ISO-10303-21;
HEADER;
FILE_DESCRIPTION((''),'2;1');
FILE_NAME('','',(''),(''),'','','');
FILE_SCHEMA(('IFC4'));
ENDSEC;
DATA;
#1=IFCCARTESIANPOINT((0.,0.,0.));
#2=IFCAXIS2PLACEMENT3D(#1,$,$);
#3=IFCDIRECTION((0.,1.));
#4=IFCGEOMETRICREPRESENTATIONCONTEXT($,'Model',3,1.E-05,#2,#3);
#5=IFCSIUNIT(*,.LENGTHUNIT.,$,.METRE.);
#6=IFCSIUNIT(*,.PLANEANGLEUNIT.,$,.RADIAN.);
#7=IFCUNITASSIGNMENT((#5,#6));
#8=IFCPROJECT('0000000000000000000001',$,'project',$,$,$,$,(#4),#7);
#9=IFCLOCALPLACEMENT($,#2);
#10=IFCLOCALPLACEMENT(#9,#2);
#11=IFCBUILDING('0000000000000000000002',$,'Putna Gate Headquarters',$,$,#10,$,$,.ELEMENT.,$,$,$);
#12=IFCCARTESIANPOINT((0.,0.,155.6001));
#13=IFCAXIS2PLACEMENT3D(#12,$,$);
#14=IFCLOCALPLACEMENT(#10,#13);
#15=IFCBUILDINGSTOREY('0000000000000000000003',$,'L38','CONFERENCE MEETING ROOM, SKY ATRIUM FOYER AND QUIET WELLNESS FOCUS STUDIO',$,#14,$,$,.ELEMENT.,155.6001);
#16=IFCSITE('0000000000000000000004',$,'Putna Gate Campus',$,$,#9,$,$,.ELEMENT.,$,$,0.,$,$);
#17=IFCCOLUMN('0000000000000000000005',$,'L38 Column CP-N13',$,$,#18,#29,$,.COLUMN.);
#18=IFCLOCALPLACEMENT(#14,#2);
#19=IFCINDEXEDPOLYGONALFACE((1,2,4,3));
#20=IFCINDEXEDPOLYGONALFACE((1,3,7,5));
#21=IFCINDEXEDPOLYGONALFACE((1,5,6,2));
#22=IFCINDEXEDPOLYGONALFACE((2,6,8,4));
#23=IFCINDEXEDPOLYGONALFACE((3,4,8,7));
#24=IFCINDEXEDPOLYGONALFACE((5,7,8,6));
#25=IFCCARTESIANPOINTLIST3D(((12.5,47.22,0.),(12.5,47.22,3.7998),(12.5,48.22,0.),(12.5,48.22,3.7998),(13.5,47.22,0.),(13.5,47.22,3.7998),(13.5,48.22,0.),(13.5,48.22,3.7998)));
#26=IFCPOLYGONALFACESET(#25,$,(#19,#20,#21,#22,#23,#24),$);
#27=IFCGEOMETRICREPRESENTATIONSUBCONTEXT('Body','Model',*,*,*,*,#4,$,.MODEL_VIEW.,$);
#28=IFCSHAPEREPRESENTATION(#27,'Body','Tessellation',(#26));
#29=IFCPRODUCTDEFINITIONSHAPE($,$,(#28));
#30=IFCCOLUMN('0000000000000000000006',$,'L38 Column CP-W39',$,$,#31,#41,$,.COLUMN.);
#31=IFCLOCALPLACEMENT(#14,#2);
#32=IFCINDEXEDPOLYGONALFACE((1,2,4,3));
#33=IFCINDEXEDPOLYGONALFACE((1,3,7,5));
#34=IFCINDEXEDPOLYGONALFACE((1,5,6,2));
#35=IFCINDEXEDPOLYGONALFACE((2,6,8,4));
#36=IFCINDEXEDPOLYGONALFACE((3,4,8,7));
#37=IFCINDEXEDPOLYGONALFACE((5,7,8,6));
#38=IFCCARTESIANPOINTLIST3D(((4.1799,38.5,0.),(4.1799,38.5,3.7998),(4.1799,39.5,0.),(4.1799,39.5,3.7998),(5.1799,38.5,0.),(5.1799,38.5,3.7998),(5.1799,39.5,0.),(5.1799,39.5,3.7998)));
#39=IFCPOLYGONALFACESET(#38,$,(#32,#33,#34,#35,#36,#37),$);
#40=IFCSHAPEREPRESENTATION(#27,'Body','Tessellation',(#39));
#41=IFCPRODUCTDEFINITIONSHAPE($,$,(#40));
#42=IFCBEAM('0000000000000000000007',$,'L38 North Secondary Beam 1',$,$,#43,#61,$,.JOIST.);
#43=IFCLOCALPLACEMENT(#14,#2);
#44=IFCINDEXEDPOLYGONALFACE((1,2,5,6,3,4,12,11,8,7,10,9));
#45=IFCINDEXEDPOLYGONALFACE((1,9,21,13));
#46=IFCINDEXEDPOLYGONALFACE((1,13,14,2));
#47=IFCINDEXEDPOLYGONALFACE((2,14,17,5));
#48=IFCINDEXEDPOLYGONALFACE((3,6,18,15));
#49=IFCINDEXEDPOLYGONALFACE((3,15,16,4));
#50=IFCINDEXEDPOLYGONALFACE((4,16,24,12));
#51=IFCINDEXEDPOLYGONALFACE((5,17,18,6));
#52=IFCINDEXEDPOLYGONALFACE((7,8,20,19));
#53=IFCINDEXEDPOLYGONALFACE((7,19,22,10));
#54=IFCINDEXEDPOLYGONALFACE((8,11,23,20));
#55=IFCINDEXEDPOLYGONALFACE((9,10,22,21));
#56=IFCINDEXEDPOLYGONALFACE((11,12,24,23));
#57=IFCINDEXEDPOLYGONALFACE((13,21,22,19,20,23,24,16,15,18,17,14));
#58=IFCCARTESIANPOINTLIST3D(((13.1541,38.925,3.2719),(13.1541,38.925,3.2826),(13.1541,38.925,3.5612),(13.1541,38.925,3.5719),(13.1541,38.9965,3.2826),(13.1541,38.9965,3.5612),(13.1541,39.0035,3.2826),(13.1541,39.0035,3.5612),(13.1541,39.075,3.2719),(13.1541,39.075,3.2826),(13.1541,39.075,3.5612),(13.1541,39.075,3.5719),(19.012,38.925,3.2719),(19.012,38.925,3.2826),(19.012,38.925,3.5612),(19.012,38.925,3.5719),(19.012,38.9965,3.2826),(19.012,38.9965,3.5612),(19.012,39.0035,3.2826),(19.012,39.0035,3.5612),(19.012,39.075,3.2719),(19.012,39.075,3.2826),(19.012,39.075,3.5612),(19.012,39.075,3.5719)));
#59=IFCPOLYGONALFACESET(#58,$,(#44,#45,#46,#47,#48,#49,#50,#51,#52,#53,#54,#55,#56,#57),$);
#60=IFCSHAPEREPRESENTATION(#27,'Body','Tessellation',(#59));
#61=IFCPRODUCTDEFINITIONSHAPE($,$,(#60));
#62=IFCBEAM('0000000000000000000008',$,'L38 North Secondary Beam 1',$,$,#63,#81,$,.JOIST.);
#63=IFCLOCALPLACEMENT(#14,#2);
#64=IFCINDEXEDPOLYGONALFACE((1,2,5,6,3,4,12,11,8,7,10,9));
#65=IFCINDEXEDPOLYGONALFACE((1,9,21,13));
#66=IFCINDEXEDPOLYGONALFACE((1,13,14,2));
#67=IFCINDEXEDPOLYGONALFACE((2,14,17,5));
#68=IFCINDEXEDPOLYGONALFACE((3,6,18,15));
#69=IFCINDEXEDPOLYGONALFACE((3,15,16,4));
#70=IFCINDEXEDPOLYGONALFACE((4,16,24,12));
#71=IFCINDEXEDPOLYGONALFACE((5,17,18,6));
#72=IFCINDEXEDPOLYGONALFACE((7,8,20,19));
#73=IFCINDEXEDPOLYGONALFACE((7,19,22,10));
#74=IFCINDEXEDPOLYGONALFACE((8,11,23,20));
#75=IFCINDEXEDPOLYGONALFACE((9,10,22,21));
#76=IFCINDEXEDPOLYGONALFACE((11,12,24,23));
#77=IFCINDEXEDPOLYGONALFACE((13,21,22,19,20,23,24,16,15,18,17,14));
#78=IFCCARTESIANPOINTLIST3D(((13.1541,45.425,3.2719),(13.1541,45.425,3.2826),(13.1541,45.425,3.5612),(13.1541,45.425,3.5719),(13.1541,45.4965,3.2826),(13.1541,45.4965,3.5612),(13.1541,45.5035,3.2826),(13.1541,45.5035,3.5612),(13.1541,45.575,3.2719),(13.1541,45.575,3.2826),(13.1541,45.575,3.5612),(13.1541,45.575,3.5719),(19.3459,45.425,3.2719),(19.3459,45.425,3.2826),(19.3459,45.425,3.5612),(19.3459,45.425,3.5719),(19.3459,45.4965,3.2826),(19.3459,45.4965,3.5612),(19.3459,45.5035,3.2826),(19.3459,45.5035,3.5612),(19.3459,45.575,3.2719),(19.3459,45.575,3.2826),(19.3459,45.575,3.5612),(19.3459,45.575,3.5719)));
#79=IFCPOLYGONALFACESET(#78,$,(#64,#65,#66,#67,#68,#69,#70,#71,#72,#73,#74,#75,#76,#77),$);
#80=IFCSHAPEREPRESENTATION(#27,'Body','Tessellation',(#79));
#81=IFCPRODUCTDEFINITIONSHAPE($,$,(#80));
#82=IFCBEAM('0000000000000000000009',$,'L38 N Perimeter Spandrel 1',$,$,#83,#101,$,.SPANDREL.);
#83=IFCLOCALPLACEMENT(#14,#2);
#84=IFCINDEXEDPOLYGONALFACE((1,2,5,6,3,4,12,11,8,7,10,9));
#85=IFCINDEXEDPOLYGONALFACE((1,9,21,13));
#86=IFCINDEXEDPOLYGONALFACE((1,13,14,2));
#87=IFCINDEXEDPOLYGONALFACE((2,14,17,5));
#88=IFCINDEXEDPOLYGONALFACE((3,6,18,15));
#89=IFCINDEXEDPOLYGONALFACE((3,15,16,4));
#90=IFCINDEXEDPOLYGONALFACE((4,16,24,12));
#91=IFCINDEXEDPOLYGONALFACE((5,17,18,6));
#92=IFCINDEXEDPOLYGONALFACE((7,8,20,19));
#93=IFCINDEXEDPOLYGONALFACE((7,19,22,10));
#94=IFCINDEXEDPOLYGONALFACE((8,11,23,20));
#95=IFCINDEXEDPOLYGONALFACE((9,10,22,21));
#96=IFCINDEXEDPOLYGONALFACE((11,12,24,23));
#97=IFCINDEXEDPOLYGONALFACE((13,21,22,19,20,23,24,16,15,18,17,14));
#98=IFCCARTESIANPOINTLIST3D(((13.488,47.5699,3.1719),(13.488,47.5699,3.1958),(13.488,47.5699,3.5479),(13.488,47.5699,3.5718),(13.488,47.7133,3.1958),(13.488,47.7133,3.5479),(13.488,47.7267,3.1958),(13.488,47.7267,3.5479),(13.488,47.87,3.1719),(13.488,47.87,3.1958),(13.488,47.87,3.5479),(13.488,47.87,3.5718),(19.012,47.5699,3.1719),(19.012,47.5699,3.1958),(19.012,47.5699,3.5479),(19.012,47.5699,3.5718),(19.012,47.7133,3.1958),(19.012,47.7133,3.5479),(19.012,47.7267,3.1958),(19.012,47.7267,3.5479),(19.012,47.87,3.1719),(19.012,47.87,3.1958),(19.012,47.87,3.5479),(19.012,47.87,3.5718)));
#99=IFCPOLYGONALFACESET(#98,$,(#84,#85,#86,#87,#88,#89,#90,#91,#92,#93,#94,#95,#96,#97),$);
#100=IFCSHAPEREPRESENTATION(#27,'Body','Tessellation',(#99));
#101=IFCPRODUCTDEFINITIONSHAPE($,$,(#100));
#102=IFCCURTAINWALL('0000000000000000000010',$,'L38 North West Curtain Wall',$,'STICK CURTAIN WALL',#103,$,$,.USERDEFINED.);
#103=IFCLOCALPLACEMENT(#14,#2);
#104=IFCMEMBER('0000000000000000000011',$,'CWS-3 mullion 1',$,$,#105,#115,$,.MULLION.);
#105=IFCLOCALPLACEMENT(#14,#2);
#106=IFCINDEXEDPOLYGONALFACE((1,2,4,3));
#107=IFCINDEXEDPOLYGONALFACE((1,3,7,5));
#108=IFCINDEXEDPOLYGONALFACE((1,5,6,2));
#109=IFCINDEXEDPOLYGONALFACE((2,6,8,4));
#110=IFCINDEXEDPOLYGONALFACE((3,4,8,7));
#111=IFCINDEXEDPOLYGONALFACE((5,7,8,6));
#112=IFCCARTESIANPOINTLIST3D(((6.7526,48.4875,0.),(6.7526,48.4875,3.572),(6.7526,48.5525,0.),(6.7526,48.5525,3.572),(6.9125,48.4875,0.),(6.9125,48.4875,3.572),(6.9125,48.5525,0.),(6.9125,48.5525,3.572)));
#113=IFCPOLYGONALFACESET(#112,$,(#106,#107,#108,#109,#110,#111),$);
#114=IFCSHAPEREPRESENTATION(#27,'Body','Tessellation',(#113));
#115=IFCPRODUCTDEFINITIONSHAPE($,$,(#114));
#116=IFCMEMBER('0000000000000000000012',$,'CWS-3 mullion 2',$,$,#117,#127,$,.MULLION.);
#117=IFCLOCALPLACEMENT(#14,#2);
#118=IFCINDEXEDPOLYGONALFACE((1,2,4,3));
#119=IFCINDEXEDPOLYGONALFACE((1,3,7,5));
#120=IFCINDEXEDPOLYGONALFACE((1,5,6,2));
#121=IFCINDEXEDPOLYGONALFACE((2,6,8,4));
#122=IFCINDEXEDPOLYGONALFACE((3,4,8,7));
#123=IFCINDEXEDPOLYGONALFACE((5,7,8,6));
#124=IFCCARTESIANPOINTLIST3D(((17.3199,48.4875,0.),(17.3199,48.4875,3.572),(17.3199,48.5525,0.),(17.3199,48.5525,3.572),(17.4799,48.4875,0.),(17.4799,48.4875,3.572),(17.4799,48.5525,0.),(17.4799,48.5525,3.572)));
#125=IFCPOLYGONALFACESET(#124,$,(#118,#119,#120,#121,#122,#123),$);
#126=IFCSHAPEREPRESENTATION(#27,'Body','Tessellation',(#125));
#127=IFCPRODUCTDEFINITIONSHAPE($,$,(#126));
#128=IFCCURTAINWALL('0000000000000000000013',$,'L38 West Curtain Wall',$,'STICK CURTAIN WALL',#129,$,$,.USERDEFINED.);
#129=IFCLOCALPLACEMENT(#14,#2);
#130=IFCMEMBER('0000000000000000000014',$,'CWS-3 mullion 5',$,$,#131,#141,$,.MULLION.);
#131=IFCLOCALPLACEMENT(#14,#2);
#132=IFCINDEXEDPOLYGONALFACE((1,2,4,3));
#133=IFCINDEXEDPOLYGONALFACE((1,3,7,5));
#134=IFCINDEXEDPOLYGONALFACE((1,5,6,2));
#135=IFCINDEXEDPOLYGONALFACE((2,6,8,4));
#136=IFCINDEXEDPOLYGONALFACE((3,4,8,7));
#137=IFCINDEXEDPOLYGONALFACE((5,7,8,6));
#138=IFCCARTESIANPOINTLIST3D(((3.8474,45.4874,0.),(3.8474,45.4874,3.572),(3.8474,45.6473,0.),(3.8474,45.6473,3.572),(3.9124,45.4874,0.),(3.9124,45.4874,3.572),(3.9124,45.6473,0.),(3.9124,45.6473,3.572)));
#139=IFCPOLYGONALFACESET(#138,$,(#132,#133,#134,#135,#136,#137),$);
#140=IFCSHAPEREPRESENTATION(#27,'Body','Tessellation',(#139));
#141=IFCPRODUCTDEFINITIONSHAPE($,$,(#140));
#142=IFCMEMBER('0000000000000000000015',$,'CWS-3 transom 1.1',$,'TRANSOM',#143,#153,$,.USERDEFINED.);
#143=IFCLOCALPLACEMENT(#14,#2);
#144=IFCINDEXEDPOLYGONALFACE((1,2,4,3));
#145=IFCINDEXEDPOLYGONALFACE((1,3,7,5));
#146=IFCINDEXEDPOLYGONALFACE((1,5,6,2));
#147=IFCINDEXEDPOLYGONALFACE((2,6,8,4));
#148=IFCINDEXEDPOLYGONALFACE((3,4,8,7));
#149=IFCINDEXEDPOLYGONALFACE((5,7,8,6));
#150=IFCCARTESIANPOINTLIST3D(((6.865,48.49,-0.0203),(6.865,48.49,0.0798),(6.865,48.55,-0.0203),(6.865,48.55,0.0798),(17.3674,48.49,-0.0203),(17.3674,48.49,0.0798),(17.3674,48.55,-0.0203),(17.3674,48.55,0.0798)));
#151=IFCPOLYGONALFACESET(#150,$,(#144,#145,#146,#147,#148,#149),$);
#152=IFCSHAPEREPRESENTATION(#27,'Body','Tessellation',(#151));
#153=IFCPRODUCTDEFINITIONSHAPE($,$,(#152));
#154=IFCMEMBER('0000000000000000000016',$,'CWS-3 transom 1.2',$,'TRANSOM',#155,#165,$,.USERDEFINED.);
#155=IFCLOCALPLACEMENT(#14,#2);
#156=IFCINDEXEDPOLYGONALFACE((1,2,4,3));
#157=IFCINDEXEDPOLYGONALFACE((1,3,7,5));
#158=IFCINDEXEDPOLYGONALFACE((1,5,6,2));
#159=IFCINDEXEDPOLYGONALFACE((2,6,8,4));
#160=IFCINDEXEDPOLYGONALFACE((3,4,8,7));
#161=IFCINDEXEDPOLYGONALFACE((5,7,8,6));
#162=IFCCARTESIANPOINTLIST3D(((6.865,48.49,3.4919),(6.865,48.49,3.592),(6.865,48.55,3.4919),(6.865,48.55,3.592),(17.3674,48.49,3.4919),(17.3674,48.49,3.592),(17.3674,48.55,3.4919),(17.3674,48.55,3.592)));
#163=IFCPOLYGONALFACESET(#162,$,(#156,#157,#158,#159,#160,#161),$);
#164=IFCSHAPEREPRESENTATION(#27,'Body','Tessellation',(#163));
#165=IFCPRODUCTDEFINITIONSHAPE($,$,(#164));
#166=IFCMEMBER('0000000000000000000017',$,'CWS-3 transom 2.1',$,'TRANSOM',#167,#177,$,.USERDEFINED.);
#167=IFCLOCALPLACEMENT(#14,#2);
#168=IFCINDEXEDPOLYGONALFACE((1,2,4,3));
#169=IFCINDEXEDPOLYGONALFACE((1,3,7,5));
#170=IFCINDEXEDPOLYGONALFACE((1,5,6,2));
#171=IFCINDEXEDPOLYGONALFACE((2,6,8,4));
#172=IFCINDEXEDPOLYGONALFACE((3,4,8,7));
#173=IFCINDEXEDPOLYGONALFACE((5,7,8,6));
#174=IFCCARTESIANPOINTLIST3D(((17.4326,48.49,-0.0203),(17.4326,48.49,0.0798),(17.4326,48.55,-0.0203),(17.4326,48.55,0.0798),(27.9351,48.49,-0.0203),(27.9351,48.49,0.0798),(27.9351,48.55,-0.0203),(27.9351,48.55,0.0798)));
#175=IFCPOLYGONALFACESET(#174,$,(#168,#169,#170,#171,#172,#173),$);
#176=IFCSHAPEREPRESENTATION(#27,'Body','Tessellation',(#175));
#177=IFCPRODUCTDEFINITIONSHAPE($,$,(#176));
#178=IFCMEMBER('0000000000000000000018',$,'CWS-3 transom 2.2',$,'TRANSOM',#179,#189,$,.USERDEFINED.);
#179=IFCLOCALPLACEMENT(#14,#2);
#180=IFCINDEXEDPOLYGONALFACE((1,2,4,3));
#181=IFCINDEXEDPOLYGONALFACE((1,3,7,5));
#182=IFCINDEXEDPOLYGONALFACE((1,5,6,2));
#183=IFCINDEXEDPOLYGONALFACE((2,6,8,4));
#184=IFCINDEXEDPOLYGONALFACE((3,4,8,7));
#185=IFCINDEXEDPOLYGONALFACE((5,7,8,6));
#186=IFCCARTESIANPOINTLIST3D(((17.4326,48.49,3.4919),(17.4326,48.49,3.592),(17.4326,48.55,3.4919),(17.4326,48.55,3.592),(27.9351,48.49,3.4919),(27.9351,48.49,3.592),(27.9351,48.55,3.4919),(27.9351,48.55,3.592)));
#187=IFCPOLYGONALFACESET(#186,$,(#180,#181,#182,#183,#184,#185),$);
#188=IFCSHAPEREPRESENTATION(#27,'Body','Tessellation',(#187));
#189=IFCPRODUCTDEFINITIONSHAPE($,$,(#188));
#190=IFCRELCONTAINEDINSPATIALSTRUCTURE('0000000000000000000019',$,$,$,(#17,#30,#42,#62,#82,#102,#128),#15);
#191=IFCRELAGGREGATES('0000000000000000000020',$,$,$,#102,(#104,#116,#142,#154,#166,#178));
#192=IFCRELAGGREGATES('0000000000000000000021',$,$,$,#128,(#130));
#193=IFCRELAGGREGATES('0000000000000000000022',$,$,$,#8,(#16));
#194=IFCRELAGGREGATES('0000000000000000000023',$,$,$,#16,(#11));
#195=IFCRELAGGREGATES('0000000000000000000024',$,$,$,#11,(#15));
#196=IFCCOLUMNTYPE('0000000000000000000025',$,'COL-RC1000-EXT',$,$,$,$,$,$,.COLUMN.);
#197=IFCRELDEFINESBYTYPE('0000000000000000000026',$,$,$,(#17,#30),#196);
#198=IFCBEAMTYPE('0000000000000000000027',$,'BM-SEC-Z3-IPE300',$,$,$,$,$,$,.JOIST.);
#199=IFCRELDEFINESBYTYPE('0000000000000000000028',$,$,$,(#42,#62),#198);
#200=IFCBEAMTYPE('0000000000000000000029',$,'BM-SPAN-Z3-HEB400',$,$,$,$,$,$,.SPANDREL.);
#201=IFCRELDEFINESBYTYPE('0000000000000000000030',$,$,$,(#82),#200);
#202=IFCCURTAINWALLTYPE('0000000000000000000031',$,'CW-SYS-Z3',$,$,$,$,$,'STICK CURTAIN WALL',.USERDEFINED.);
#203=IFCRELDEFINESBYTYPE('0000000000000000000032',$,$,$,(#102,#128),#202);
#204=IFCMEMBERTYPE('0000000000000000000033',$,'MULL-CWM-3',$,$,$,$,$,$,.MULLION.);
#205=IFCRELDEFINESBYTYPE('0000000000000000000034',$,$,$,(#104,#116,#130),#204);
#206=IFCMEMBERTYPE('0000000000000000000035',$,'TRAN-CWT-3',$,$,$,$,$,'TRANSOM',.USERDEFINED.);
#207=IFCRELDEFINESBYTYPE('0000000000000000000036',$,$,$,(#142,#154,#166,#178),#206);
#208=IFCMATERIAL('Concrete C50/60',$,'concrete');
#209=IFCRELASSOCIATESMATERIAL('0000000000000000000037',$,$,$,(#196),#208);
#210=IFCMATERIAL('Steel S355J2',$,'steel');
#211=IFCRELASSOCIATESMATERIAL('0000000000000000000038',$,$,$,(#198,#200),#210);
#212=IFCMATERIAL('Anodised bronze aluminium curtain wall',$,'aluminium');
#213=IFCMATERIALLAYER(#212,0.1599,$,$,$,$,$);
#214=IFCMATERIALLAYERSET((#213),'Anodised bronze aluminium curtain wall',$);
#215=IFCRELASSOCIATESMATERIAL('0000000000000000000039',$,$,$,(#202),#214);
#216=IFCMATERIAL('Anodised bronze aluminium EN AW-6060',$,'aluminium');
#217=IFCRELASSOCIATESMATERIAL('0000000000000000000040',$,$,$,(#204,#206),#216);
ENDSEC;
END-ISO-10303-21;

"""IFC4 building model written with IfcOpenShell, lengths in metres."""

from ifc_helpers import new_model, si_unit, direction, frame, origin, origin_2d, place, context, subcontext, project, spatial, rectangle, i_section, extrude, material, layer, layer_set, material_profile, profile_set, type_object, element, aggregate, save


model = new_model("IFC4")

# Units and contexts
model_context = context("Model", 3, precision=1e-05, world=origin(), true_north=direction((0.0, 1.0)))
body_context = subcontext(model_context, "Body", "Model", "MODEL_VIEW")
ifc_project = project(units=[si_unit("LENGTHUNIT", "METRE"), si_unit("PLANEANGLEUNIT", "RADIAN")], contexts=[model_context])

# Site, building, storey
site_placement = place(None, origin())
site = spatial("IfcSite", under=ifc_project, at=site_placement, Name="Putna Gate Campus", CompositionType="ELEMENT", RefElevation=0.0)
building_placement = place(site_placement, origin())
building = spatial("IfcBuilding", under=site, at=building_placement, Name="Putna Gate Headquarters", CompositionType="ELEMENT")
storey_placement = place(building_placement, frame((0.0, 0.0, 155.6001)))
storey = spatial("IfcBuildingStorey", under=building, at=storey_placement, Name="L38", Description="CONFERENCE MEETING ROOM, SKY ATRIUM FOYER AND QUIET WELLNESS FOCUS STUDIO", CompositionType="ELEMENT", Elevation=155.6001)

# Columns
ifc_material_1 = material(Name="Concrete C50/60", Category="concrete")
ifc_material_profile_1 = material_profile(ifc_material_1, rectangle(XDim=1.0, YDim=1.0, at=origin_2d()), Name="Concrete C50/60")
ifc_profile_set_1 = profile_set([ifc_material_profile_1], Name="Concrete C50/60")
column_type = type_object("IfcColumnType", Name="COL-RC1000-EXT", PredefinedType="COLUMN", material=ifc_profile_set_1)
for number, where, z_axis, x_axis, name in (
    (1, (13.0, 47.72, 0.0), (0.0, 0.0, 1.0), (1.0, 0.0, 0.0), "L38 Column CP-N13"),
    (2, (4.6799, 39.0, 0.0), (0.0, 0.0, 1.0), (1.0, 0.0, 0.0), "L38 Column CP-W39"),
):
    element("IfcColumn", number, at=place(storey_placement, frame(where, z_axis=z_axis, x_axis=x_axis)), inside=storey, type_object=column_type, Name=name, PredefinedType="COLUMN", context=body_context, shape_type="SweptSolid", body=[
        extrude(rectangle(XDim=1.0, YDim=1.0, at=origin_2d()), origin(), (0.0, 0.0, 1.0), 3.7998),
    ])

# Beams
ifc_material_2 = material(Name="Steel S355J2", Category="steel")
ifc_material_profile_2 = material_profile(ifc_material_2, i_section(OverallWidth=0.1499, OverallDepth=0.3, WebThickness=0.0071, FlangeThickness=0.0107, at=origin_2d()), Name="Steel S355J2")
ifc_profile_set_2 = profile_set([ifc_material_profile_2], Name="Steel S355J2")
beam_type_1 = type_object("IfcBeamType", Name="BM-SEC-Z3-IPE300", PredefinedType="JOIST", material=ifc_profile_set_2)
beam_1_placement = place(storey_placement, frame((13.1541, 39.0, 3.4219), z_axis=(1.0, 0.0, 0.0), x_axis=(0.0, 1.0, 0.0)))
element("IfcBeam", 3, at=beam_1_placement, inside=storey, type_object=beam_type_1, Name="L38 North Secondary Beam 1", PredefinedType="JOIST", context=body_context, shape_type="SweptSolid", body=[
    extrude(i_section(OverallWidth=0.1499, OverallDepth=0.3, WebThickness=0.0071, FlangeThickness=0.0107, at=origin_2d()), origin(), (0.0, 0.0, 1.0), 5.8579),
])
beam_2_placement = place(storey_placement, frame((13.1541, 45.5, 3.4219), z_axis=(1.0, 0.0, 0.0), x_axis=(0.0, 1.0, 0.0)))
element("IfcBeam", 4, at=beam_2_placement, inside=storey, type_object=beam_type_1, Name="L38 North Secondary Beam 1", PredefinedType="JOIST", context=body_context, shape_type="SweptSolid", body=[
    extrude(i_section(OverallWidth=0.1499, OverallDepth=0.3, WebThickness=0.0071, FlangeThickness=0.0107, at=origin_2d()), origin(), (0.0, 0.0, 1.0), 6.1919),
])
ifc_material_profile_3 = material_profile(ifc_material_2, i_section(OverallWidth=0.3, OverallDepth=0.3999, WebThickness=0.0134, FlangeThickness=0.0239, at=origin_2d()), Name="Steel S355J2")
ifc_profile_set_3 = profile_set([ifc_material_profile_3], Name="Steel S355J2")
beam_type_2 = type_object("IfcBeamType", Name="BM-SPAN-Z3-HEB400", PredefinedType="SPANDREL", material=ifc_profile_set_3)
beam_3_placement = place(storey_placement, frame((13.488, 47.72, 3.3718), z_axis=(1.0, 0.0, 0.0), x_axis=(0.0, 1.0, 0.0)))
element("IfcBeam", 5, at=beam_3_placement, inside=storey, type_object=beam_type_2, Name="L38 N Perimeter Spandrel 1", PredefinedType="SPANDREL", context=body_context, shape_type="SweptSolid", body=[
    extrude(i_section(OverallWidth=0.3, OverallDepth=0.3999, WebThickness=0.0134, FlangeThickness=0.0239, at=origin_2d()), origin(), (0.0, 0.0, 1.0), 5.5239),
])

# Curtain wall, members
ifc_material_3 = material(Name="Anodised bronze aluminium curtain wall", Category="aluminium")
ifc_layer_1 = layer(ifc_material_3, 0.1599)
ifc_layer_set_1 = layer_set([ifc_layer_1], Name="Anodised bronze aluminium curtain wall")
curtain_wall_type = type_object("IfcCurtainWallType", Name="CW-SYS-Z3", ElementType="STICK CURTAIN WALL", PredefinedType="USERDEFINED", material=ifc_layer_set_1)
curtain_wall_1_placement = place(storey_placement, origin())
curtain_wall_1 = element("IfcCurtainWall", 6, at=curtain_wall_1_placement, inside=storey, type_object=curtain_wall_type, Name="L38 North West Curtain Wall", ObjectType="STICK CURTAIN WALL", PredefinedType="USERDEFINED")
ifc_material_4 = material(Name="Anodised bronze aluminium EN AW-6060", Category="aluminium")
ifc_material_profile_4 = material_profile(ifc_material_4, rectangle(XDim=0.0649, YDim=0.1599, at=origin_2d()), Name="Anodised bronze aluminium EN AW-6060")
ifc_profile_set_4 = profile_set([ifc_material_profile_4], Name="Anodised bronze aluminium EN AW-6060")
member_type_1 = type_object("IfcMemberType", Name="MULL-CWM-3", PredefinedType="MULLION", material=ifc_profile_set_4)
member_1_placement = place(storey_placement, frame((6.8325, 48.52, 0.0), z_axis=(0.0, 0.0, 1.0), x_axis=(0.0, 1.0, 0.0)))
member_1 = element("IfcMember", 7, at=member_1_placement, type_object=member_type_1, Name="CWS-3 mullion 1", PredefinedType="MULLION", context=body_context, shape_type="SweptSolid", body=[
    extrude(rectangle(XDim=0.0649, YDim=0.1599, at=origin_2d()), origin(), (0.0, 0.0, 1.0), 3.572),
])
member_2_placement = place(storey_placement, frame((17.3999, 48.52, 0.0), z_axis=(0.0, 0.0, 1.0), x_axis=(0.0, 1.0, 0.0)))
member_2 = element("IfcMember", 8, at=member_2_placement, type_object=member_type_1, Name="CWS-3 mullion 2", PredefinedType="MULLION", context=body_context, shape_type="SweptSolid", body=[
    extrude(rectangle(XDim=0.0649, YDim=0.1599, at=origin_2d()), origin(), (0.0, 0.0, 1.0), 3.572),
])

# Curtain wall, member
curtain_wall_2_placement = place(storey_placement, origin())
curtain_wall_2 = element("IfcCurtainWall", 9, at=curtain_wall_2_placement, inside=storey, type_object=curtain_wall_type, Name="L38 West Curtain Wall", ObjectType="STICK CURTAIN WALL", PredefinedType="USERDEFINED")
member_3_placement = place(storey_placement, frame((3.8799, 45.5674, 0.0), z_axis=(0.0, 0.0, 1.0), x_axis=(-1.0, 0.0, 0.0)))
member_3 = element("IfcMember", 10, at=member_3_placement, type_object=member_type_1, Name="CWS-3 mullion 5", PredefinedType="MULLION", context=body_context, shape_type="SweptSolid", body=[
    extrude(rectangle(XDim=0.0649, YDim=0.1599, at=origin_2d()), origin(), (0.0, 0.0, 1.0), 3.572),
])

# Members
ifc_material_profile_5 = material_profile(ifc_material_4, rectangle(XDim=0.0601, YDim=0.1001, at=origin_2d()), Name="Anodised bronze aluminium EN AW-6060")
ifc_profile_set_5 = profile_set([ifc_material_profile_5], Name="Anodised bronze aluminium EN AW-6060")
member_type_2 = type_object("IfcMemberType", Name="TRAN-CWT-3", ElementType="TRANSOM", PredefinedType="USERDEFINED", material=ifc_profile_set_5)
member_4_placement = place(storey_placement, frame((6.865, 48.52, 0.0298), z_axis=(1.0, 0.0, 0.0), x_axis=(0.0, 1.0, 0.0)))
member_4 = element("IfcMember", 11, at=member_4_placement, type_object=member_type_2, Name="CWS-3 transom 1.1", ObjectType="TRANSOM", PredefinedType="USERDEFINED", context=body_context, shape_type="SweptSolid", body=[
    extrude(rectangle(XDim=0.0601, YDim=0.1001, at=origin_2d()), origin(), (0.0, 0.0, 1.0), 10.5024),
])
member_5_placement = place(storey_placement, frame((6.865, 48.52, 3.542), z_axis=(1.0, 0.0, 0.0), x_axis=(0.0, 1.0, 0.0)))
member_5 = element("IfcMember", 12, at=member_5_placement, type_object=member_type_2, Name="CWS-3 transom 1.2", ObjectType="TRANSOM", PredefinedType="USERDEFINED", context=body_context, shape_type="SweptSolid", body=[
    extrude(rectangle(XDim=0.0601, YDim=0.1001, at=origin_2d()), origin(), (0.0, 0.0, 1.0), 10.5024),
])
member_6_placement = place(storey_placement, frame((17.4326, 48.52, 0.0298), z_axis=(1.0, 0.0, 0.0), x_axis=(0.0, 1.0, 0.0)))
member_6 = element("IfcMember", 13, at=member_6_placement, type_object=member_type_2, Name="CWS-3 transom 2.1", ObjectType="TRANSOM", PredefinedType="USERDEFINED", context=body_context, shape_type="SweptSolid", body=[
    extrude(rectangle(XDim=0.0601, YDim=0.1001, at=origin_2d()), origin(), (0.0, 0.0, 1.0), 10.5024),
])
member_7_placement = place(storey_placement, frame((17.4326, 48.52, 3.542), z_axis=(1.0, 0.0, 0.0), x_axis=(0.0, 1.0, 0.0)))
member_7 = element("IfcMember", 14, at=member_7_placement, type_object=member_type_2, Name="CWS-3 transom 2.2", ObjectType="TRANSOM", PredefinedType="USERDEFINED", context=body_context, shape_type="SweptSolid", body=[
    extrude(rectangle(XDim=0.0601, YDim=0.1001, at=origin_2d()), origin(), (0.0, 0.0, 1.0), 10.5024),
])

aggregate(curtain_wall_1, [member_1, member_2, member_4, member_5, member_6, member_7])
aggregate(curtain_wall_2, [member_3])

save(model, "model.ifc")
